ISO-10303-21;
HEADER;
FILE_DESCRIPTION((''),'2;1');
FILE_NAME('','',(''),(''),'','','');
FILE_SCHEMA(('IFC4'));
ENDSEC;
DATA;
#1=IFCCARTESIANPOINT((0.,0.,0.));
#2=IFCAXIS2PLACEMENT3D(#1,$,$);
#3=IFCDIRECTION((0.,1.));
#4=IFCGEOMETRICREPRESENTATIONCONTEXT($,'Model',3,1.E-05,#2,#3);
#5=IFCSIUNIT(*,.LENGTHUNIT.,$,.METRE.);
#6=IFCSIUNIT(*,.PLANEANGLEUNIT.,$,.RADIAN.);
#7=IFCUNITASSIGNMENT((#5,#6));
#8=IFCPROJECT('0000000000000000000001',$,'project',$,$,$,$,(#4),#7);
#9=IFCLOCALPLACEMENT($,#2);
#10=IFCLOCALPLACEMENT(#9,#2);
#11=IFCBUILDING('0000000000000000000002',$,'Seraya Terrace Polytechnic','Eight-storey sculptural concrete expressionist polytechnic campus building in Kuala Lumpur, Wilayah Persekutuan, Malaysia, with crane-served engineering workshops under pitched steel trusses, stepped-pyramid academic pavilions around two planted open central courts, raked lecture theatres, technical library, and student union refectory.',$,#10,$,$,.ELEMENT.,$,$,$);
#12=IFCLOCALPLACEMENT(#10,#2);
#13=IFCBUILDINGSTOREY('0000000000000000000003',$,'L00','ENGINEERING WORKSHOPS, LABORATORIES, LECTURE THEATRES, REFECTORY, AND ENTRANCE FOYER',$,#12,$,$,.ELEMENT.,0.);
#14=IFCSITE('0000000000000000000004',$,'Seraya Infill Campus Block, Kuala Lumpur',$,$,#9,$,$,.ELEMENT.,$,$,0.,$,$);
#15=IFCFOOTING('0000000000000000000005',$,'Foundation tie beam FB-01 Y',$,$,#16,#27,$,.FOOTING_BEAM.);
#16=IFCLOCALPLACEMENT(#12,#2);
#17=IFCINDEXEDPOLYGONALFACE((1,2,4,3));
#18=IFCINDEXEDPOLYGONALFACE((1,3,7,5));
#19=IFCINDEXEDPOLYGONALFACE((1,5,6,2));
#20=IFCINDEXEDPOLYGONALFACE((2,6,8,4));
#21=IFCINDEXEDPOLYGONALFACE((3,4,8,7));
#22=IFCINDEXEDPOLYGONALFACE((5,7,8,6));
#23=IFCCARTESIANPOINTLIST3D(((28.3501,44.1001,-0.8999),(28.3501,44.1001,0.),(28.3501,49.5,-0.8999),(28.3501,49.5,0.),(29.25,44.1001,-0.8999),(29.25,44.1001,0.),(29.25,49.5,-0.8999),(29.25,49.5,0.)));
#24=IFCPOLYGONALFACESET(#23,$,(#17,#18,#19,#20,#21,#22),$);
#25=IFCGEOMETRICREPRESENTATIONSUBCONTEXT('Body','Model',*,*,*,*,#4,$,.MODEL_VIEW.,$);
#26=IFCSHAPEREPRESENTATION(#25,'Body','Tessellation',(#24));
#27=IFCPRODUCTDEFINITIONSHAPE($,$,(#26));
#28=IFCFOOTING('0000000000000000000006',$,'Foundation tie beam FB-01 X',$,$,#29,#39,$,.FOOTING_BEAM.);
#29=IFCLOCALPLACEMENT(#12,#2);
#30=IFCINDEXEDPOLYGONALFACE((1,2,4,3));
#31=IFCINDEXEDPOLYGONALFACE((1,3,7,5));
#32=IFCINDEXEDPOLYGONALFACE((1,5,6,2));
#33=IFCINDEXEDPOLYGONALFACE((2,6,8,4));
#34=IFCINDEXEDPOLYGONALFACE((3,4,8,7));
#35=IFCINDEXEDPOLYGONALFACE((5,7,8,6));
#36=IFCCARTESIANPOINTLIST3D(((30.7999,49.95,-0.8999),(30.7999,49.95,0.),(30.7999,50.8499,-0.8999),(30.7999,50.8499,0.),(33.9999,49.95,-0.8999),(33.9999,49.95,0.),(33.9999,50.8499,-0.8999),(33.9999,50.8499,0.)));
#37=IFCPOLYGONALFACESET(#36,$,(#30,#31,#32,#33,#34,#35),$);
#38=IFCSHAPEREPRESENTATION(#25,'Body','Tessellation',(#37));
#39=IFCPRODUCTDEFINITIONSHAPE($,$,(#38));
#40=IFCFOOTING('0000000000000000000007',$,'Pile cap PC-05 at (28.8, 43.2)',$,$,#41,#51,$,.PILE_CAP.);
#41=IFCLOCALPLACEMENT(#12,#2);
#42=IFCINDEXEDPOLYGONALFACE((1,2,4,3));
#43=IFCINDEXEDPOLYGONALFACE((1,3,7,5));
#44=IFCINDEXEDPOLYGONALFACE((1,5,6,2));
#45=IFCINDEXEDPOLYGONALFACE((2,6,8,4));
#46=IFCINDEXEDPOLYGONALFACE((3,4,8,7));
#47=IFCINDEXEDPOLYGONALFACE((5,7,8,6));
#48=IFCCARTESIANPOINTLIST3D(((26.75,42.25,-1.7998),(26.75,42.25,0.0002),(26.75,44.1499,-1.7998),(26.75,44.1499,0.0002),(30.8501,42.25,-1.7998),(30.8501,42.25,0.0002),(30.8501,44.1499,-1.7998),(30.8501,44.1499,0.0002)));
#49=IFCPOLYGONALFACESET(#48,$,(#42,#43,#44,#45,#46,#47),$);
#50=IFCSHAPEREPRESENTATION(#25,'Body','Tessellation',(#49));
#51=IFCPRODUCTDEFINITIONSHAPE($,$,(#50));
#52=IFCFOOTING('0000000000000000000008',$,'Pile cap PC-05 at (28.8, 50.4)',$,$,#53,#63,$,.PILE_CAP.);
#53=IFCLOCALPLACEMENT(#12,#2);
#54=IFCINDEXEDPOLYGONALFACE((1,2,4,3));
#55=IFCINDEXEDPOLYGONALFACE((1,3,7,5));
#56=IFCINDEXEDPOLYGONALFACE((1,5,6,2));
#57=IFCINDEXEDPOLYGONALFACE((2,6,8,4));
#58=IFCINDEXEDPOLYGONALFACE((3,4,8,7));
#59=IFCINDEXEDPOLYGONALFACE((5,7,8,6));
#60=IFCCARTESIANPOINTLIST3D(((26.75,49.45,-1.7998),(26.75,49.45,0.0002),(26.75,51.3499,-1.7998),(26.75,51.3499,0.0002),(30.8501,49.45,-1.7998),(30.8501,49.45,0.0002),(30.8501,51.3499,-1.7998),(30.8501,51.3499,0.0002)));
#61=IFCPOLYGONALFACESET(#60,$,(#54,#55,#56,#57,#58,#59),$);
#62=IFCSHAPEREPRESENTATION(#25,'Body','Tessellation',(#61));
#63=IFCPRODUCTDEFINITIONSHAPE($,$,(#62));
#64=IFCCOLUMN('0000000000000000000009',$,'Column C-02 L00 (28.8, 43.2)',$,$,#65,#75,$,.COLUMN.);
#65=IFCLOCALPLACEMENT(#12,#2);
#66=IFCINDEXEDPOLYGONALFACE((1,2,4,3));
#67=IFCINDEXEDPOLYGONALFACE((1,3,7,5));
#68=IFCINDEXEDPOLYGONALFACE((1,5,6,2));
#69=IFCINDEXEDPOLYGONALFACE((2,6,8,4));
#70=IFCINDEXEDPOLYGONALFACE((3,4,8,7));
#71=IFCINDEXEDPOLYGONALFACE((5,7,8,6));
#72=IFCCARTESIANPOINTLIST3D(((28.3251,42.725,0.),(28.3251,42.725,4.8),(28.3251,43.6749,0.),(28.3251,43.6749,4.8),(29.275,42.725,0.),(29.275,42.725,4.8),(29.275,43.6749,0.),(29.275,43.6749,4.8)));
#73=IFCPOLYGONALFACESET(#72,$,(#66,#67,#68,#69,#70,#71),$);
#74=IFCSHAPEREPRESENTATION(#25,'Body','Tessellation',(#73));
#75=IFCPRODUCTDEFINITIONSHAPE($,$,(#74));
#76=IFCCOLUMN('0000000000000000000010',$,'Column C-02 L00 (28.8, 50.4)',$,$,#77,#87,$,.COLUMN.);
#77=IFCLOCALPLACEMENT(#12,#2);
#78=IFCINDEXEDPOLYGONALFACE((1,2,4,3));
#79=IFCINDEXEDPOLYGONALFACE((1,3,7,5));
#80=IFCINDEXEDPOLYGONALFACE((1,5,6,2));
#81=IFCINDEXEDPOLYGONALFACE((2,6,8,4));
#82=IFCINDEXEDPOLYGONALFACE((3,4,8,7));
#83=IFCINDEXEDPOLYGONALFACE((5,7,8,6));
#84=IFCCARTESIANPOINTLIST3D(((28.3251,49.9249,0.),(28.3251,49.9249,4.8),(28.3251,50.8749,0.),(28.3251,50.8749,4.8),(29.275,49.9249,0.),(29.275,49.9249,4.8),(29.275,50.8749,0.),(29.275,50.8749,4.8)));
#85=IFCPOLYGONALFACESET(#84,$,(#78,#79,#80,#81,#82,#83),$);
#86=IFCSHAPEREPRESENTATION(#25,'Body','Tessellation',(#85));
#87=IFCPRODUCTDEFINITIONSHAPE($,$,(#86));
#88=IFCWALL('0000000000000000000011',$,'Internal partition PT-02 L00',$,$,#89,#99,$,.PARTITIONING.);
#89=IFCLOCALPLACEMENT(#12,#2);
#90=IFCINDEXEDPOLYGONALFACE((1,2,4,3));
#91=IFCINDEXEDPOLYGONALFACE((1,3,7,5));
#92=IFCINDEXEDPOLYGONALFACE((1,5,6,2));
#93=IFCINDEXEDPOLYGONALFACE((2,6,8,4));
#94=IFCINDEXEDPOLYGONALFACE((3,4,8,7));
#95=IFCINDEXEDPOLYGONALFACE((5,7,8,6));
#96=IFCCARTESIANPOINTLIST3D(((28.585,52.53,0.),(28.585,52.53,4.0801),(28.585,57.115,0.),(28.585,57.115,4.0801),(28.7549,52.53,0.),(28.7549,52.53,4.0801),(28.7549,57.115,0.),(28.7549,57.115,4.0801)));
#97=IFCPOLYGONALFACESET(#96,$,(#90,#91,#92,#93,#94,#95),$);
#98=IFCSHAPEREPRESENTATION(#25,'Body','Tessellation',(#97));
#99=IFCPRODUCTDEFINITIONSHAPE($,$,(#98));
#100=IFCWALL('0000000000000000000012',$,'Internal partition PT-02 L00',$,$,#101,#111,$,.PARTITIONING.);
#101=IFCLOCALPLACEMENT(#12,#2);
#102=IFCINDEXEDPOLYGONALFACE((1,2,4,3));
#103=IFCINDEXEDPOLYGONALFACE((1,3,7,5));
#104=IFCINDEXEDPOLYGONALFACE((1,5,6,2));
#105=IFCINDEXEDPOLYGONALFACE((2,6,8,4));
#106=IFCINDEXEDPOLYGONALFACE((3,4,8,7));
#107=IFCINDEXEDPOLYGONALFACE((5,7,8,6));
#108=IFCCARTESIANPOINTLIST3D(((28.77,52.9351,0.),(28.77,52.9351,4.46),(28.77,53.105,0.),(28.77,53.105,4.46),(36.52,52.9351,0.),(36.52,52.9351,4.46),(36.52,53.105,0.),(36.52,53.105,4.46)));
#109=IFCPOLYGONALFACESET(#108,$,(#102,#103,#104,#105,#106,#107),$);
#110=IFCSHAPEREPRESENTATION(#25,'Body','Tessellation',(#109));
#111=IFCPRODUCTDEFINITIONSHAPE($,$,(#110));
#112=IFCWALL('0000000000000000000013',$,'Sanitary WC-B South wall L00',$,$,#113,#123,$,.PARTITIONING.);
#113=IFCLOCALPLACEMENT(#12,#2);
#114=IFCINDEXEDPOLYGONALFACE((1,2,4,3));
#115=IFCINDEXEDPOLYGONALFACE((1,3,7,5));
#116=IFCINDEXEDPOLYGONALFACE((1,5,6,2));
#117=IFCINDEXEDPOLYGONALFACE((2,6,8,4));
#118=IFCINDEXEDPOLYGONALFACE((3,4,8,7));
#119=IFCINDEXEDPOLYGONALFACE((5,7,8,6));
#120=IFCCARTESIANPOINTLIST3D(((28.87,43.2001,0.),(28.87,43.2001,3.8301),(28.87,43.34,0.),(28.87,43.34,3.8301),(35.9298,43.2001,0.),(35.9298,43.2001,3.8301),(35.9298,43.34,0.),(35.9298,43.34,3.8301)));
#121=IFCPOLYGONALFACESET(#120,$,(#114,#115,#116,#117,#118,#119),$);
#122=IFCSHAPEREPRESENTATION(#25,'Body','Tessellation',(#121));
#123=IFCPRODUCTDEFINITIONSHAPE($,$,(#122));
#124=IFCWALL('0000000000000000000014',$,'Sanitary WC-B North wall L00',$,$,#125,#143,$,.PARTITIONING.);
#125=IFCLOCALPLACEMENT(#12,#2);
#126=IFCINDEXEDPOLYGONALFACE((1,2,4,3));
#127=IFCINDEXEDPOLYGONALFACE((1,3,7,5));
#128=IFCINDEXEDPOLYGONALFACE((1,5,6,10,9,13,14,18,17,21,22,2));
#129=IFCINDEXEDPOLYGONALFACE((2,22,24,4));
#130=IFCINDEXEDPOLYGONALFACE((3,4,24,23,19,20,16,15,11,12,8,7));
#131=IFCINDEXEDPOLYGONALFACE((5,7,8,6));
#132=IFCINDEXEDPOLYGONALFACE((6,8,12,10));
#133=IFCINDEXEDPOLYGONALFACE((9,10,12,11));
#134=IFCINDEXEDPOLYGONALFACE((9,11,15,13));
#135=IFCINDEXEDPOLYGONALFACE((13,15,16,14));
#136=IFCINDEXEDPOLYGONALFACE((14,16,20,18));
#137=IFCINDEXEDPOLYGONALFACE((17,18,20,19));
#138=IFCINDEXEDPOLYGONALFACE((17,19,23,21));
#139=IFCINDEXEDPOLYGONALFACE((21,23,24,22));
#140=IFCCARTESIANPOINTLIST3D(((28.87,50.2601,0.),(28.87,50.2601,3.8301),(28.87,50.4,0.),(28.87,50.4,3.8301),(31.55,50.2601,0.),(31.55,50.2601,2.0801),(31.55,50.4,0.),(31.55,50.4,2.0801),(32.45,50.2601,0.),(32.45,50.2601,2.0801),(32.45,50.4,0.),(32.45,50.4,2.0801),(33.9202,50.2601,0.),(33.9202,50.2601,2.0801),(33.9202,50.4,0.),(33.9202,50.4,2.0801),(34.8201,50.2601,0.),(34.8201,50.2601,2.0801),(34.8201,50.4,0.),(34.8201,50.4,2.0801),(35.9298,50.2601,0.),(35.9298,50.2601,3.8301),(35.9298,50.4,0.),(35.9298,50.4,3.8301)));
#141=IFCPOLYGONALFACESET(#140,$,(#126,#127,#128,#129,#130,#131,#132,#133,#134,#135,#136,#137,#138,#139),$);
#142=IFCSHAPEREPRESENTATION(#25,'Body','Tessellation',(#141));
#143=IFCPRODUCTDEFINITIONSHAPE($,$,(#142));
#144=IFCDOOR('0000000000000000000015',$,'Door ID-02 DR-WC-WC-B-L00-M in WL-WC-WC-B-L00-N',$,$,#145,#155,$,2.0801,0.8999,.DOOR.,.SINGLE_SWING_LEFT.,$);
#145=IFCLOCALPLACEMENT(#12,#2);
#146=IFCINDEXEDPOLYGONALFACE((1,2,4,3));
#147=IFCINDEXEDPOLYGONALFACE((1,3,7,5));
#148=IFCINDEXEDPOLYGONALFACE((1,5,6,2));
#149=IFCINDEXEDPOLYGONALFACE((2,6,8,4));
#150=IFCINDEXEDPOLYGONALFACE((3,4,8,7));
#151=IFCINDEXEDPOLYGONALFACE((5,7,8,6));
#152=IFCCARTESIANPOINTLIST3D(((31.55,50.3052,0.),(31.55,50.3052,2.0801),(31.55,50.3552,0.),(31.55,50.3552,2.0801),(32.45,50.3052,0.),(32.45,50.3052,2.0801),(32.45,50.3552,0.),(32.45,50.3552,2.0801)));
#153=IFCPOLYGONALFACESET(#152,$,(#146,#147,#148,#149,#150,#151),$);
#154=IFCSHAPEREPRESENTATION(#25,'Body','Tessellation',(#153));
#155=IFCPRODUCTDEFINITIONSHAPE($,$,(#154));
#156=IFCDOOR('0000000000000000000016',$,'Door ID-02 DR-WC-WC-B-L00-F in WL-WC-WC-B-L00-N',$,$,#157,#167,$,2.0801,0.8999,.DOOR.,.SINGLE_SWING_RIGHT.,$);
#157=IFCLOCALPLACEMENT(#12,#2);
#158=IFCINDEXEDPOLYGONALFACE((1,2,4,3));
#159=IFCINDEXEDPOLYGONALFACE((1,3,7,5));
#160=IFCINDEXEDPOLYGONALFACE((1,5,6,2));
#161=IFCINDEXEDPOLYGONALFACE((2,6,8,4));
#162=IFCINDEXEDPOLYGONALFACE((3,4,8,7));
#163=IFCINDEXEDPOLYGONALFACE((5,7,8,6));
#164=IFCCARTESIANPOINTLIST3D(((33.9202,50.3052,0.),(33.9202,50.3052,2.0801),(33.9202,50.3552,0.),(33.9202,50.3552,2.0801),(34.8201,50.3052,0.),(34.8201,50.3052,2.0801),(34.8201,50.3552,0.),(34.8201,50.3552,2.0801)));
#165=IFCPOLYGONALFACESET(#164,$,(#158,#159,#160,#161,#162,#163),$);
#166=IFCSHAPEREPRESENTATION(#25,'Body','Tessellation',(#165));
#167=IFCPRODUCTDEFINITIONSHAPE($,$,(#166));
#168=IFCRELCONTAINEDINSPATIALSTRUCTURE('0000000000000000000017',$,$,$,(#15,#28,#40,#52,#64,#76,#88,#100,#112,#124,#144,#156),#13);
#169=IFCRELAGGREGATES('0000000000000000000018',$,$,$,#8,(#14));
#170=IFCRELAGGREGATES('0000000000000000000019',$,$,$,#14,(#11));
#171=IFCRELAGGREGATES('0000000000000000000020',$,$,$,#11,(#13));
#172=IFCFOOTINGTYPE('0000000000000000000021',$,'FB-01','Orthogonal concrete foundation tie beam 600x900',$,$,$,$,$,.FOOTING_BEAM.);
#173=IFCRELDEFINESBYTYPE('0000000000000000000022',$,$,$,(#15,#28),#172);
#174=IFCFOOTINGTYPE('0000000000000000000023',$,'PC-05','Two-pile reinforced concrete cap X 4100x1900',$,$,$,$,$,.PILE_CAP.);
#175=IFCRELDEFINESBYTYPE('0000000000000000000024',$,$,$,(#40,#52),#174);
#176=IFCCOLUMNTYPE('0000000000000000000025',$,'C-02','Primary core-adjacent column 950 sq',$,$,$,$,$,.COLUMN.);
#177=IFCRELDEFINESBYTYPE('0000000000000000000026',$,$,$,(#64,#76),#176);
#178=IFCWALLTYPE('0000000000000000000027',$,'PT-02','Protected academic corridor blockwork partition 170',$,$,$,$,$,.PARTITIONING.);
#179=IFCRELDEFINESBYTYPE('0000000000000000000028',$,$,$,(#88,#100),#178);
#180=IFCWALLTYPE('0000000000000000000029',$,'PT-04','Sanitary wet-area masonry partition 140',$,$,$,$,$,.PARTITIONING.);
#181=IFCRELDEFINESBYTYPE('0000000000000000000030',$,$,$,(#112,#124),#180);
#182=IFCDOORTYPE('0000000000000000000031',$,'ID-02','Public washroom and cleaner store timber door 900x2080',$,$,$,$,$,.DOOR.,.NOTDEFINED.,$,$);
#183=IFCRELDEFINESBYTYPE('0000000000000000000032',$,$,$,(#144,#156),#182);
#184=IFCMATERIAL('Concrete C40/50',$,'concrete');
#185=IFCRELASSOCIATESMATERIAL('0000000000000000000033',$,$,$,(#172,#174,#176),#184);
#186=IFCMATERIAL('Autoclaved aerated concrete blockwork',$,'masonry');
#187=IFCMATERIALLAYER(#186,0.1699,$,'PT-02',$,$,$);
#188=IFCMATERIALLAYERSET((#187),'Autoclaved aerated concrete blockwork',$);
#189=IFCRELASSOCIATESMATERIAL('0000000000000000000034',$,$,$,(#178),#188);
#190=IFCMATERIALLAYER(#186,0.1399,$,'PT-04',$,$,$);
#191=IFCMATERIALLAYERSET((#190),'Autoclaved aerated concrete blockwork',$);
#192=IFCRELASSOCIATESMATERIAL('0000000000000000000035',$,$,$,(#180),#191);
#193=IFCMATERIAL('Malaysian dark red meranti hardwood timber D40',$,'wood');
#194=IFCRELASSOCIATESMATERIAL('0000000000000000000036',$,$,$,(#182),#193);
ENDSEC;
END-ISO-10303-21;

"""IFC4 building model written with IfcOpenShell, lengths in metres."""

from ifc_helpers import new_model, si_unit, direction, frame, frame_2d, origin, origin_2d, place, context, subcontext, project, spatial, rectangle, extrude, material, layer, layer_set, material_profile, profile_set, type_object, element, fill, save


model = new_model("IFC4")

# Units and contexts
model_context = context("Model", 3, precision=1e-05, world=origin(), true_north=direction((0.0, 1.0)))
body_context = subcontext(model_context, "Body", "Model", "MODEL_VIEW")
ifc_project = project(units=[si_unit("LENGTHUNIT", "METRE"), si_unit("PLANEANGLEUNIT", "RADIAN")], contexts=[model_context])

# Site, building, storey
site_placement = place(None, origin())
site = spatial("IfcSite", under=ifc_project, at=site_placement, Name="Seraya Infill Campus Block, Kuala Lumpur", CompositionType="ELEMENT", RefElevation=0.0)
building_placement = place(site_placement, origin())
building = spatial("IfcBuilding", under=site, at=building_placement, Name="Seraya Terrace Polytechnic", Description="Eight-storey sculptural concrete expressionist polytechnic campus building in Kuala Lumpur, Wilayah Persekutuan, Malaysia, with crane-served engineering workshops under pitched steel trusses, stepped-pyramid academic pavilions around two planted open central courts, raked lecture theatres, technical library, and student union refectory.", CompositionType="ELEMENT")
storey_placement = place(building_placement, origin())
storey = spatial("IfcBuildingStorey", under=building, at=storey_placement, Name="L00", Description="ENGINEERING WORKSHOPS, LABORATORIES, LECTURE THEATRES, REFECTORY, AND ENTRANCE FOYER", CompositionType="ELEMENT", Elevation=0.0)

# Shared definitions
ifc_material_1 = material(Name="Concrete C40/50", Category="concrete")

# Footings
footing_type_1 = type_object("IfcFootingType", Name="FB-01", Description="Orthogonal concrete foundation tie beam 600x900", PredefinedType="FOOTING_BEAM", material=ifc_material_1)
footing_1_placement = place(storey_placement, frame((28.8, 46.8, -0.8999), z_axis=(0.0, 0.0, 1.0), x_axis=(0.0, 1.0, 0.0)))
element("IfcFooting", 1, at=footing_1_placement, inside=storey, type_object=footing_type_1, Name="Foundation tie beam FB-01 Y", PredefinedType="FOOTING_BEAM", context=body_context, shape_type="SweptSolid", body=[
    extrude(rectangle(XDim=5.3999, YDim=0.8999, at=origin_2d()), origin(), (0.0, 0.0, 1.0), 0.8999),
])
footing_2_placement = place(storey_placement, frame((32.3999, 50.3999, -0.8999), z_axis=(0.0, 0.0, 1.0), x_axis=(1.0, 0.0, 0.0)))
element("IfcFooting", 2, at=footing_2_placement, inside=storey, type_object=footing_type_1, Name="Foundation tie beam FB-01 X", PredefinedType="FOOTING_BEAM", context=body_context, shape_type="SweptSolid", body=[
    extrude(rectangle(XDim=3.2, YDim=0.8999, at=origin_2d()), origin(), (0.0, 0.0, 1.0), 0.8999),
])
footing_type_2 = type_object("IfcFootingType", Name="PC-05", Description="Two-pile reinforced concrete cap X 4100x1900", PredefinedType="PILE_CAP", material=ifc_material_1)
for number, where, z_axis, x_axis, name in (
    (3, (28.8, 43.2, -1.7998), (0.0, 0.0, 1.0), (1.0, 0.0, 0.0), "Pile cap PC-05 at (28.8, 43.2)"),
    (4, (28.8, 50.3999, -1.7998), (0.0, 0.0, 1.0), (1.0, 0.0, 0.0), "Pile cap PC-05 at (28.8, 50.4)"),
):
    element("IfcFooting", number, at=place(storey_placement, frame(where, z_axis=z_axis, x_axis=x_axis)), inside=storey, type_object=footing_type_2, Name=name, PredefinedType="PILE_CAP", context=body_context, shape_type="SweptSolid", body=[
        extrude(rectangle(XDim=4.1001, YDim=1.8999, at=origin_2d()), origin(), (0.0, 0.0, 1.0), 1.8),
    ])

# Columns
ifc_material_profile_1 = material_profile(ifc_material_1, rectangle(XDim=0.95, YDim=0.95, at=origin_2d()), Name="RC 950x950")
ifc_profile_set_1 = profile_set([ifc_material_profile_1], Name="Concrete C40/50")
column_type = type_object("IfcColumnType", Name="C-02", Description="Primary core-adjacent column 950 sq", PredefinedType="COLUMN", material=ifc_profile_set_1)
for number, where, z_axis, x_axis, name in (
    (5, (28.8, 43.2, 0.0), (0.0, 0.0, 1.0), (1.0, 0.0, 0.0), "Column C-02 L00 (28.8, 43.2)"),
    (6, (28.8, 50.3999, 0.0), (0.0, 0.0, 1.0), (1.0, 0.0, 0.0), "Column C-02 L00 (28.8, 50.4)"),
):
    element("IfcColumn", number, at=place(storey_placement, frame(where, z_axis=z_axis, x_axis=x_axis)), inside=storey, type_object=column_type, Name=name, PredefinedType="COLUMN", context=body_context, shape_type="SweptSolid", body=[
        extrude(rectangle(XDim=0.95, YDim=0.95, at=origin_2d()), origin(), (0.0, 0.0, 1.0), 4.8),
    ])

# Walls
ifc_material_2 = material(Name="Autoclaved aerated concrete blockwork", Category="masonry")
ifc_layer_1 = layer(ifc_material_2, 0.1699, Name="PT-02")
ifc_layer_set_1 = layer_set([ifc_layer_1], Name="Autoclaved aerated concrete blockwork")
wall_type_1 = type_object("IfcWallType", Name="PT-02", Description="Protected academic corridor blockwork partition 170", PredefinedType="PARTITIONING", material=ifc_layer_set_1)
wall_1_placement = place(storey_placement, frame((28.6699, 52.53, 0.0), z_axis=(0.0, 0.0, 1.0), x_axis=(0.0, 1.0, 0.0)))
element("IfcWall", 7, at=wall_1_placement, inside=storey, type_object=wall_type_1, Name="Internal partition PT-02 L00", PredefinedType="PARTITIONING", context=body_context, shape_type="SweptSolid", body=[
    extrude(rectangle(XDim=4.585, YDim=0.1699, at=frame_2d((2.2925, 0.0))), origin(), (0.0, 0.0, 1.0), 4.0801),
])
wall_2_placement = place(storey_placement, frame((28.77, 53.02, 0.0), z_axis=(0.0, 0.0, 1.0), x_axis=(1.0, 0.0, 0.0)))
element("IfcWall", 8, at=wall_2_placement, inside=storey, type_object=wall_type_1, Name="Internal partition PT-02 L00", PredefinedType="PARTITIONING", context=body_context, shape_type="SweptSolid", body=[
    extrude(rectangle(XDim=7.75, YDim=0.1699, at=frame_2d((3.875, 0.0))), origin(), (0.0, 0.0, 1.0), 4.46),
])
ifc_layer_2 = layer(ifc_material_2, 0.1399, Name="PT-04")
ifc_layer_set_2 = layer_set([ifc_layer_2], Name="Autoclaved aerated concrete blockwork")
wall_type_2 = type_object("IfcWallType", Name="PT-04", Description="Sanitary wet-area masonry partition 140", PredefinedType="PARTITIONING", material=ifc_layer_set_2)
wall_3_placement = place(storey_placement, frame((28.8701, 43.27, 0.0), z_axis=(0.0, 0.0, 1.0), x_axis=(1.0, 0.0, 0.0)))
element("IfcWall", 9, at=wall_3_placement, inside=storey, type_object=wall_type_2, Name="Sanitary WC-B South wall L00", PredefinedType="PARTITIONING", context=body_context, shape_type="SweptSolid", body=[
    extrude(rectangle(XDim=7.0598, YDim=0.1399, at=frame_2d((3.5298, 0.0))), origin(), (0.0, 0.0, 1.0), 3.8301),
])

# Wall, openings, doors
wall_4_placement = place(storey_placement, frame((28.8701, 50.3301, 0.0), z_axis=(0.0, 0.0, 1.0), x_axis=(1.0, 0.0, 0.0)))
wall_4 = element("IfcWall", 10, at=wall_4_placement, inside=storey, type_object=wall_type_2, Name="Sanitary WC-B North wall L00", PredefinedType="PARTITIONING", context=body_context, shape_type="SweptSolid", body=[
    extrude(rectangle(XDim=7.0598, YDim=0.1399, at=frame_2d((3.5298, 0.0))), origin(), (0.0, 0.0, 1.0), 3.8301),
])
opening_1_placement = place(wall_4_placement, frame((2.6799, 0.0, 0.0)))
opening_1 = element("IfcOpeningElement", 11, at=opening_1_placement, cuts=wall_4, PredefinedType="OPENING", context=body_context, shape_type="SweptSolid", body=[
    extrude(rectangle(XDim=0.8999, YDim=2.0801, at=frame_2d((0.45, 1.04))), frame((0.0, 0.082, 0.0), z_axis=(0.0, -1.0, 0.0), x_axis=(1.0, 0.0, 0.0)), (0.0, 0.0, 1.0), 0.1638),
])
opening_2_placement = place(wall_4_placement, frame((5.05, 0.0, 0.0)))
opening_2 = element("IfcOpeningElement", 12, at=opening_2_placement, cuts=wall_4, PredefinedType="OPENING", context=body_context, shape_type="SweptSolid", body=[
    extrude(rectangle(XDim=0.8999, YDim=2.0801, at=frame_2d((0.45, 1.04))), frame((0.0, 0.082, 0.0), z_axis=(0.0, -1.0, 0.0), x_axis=(1.0, 0.0, 0.0)), (0.0, 0.0, 1.0), 0.1638),
])
ifc_material_3 = material(Name="Malaysian dark red meranti hardwood timber D40", Category="wood")
door_type_1 = type_object("IfcDoorType", Name="ID-02", Description="Public washroom and cleaner store timber door 900x2080", OperationType="NOTDEFINED", PredefinedType="DOOR", material=ifc_material_3)
door_1_placement = place(opening_1_placement, frame((0.8999, 0.0, 0.0), z_axis=(0.0, 0.0, 1.0), x_axis=(-1.0, 0.0, 0.0)))
door_1 = element("IfcDoor", 13, at=door_1_placement, inside=storey, type_object=door_type_1, Name="Door ID-02 DR-WC-WC-B-L00-M in WL-WC-WC-B-L00-N", OperationType="SINGLE_SWING_LEFT", OverallHeight=2.0801, OverallWidth=0.8999, PredefinedType="DOOR", context=body_context, shape_type="SweptSolid", body=[
    extrude(rectangle(XDim=0.8999, YDim=2.0801, at=frame_2d((0.45, 1.04))), frame((0.0, 0.0249, 0.0), z_axis=(0.0, -1.0, 0.0), x_axis=(1.0, 0.0, 0.0)), (0.0, 0.0, 1.0), 0.05),
])
fill(opening_1, door_1)
door_2_placement = place(opening_2_placement, frame((0.8999, 0.0, 0.0), z_axis=(0.0, 0.0, 1.0), x_axis=(-1.0, 0.0, 0.0)))
door_2 = element("IfcDoor", 14, at=door_2_placement, inside=storey, type_object=door_type_1, Name="Door ID-02 DR-WC-WC-B-L00-F in WL-WC-WC-B-L00-N", OperationType="SINGLE_SWING_RIGHT", OverallHeight=2.0801, OverallWidth=0.8999, PredefinedType="DOOR", context=body_context, shape_type="SweptSolid", body=[
    extrude(rectangle(XDim=0.8999, YDim=2.0801, at=frame_2d((0.45, 1.04))), frame((0.0, 0.0249, 0.0), z_axis=(0.0, -1.0, 0.0), x_axis=(1.0, 0.0, 0.0)), (0.0, 0.0, 1.0), 0.05),
])
fill(opening_2, door_2)

save(model, "model.ifc")
